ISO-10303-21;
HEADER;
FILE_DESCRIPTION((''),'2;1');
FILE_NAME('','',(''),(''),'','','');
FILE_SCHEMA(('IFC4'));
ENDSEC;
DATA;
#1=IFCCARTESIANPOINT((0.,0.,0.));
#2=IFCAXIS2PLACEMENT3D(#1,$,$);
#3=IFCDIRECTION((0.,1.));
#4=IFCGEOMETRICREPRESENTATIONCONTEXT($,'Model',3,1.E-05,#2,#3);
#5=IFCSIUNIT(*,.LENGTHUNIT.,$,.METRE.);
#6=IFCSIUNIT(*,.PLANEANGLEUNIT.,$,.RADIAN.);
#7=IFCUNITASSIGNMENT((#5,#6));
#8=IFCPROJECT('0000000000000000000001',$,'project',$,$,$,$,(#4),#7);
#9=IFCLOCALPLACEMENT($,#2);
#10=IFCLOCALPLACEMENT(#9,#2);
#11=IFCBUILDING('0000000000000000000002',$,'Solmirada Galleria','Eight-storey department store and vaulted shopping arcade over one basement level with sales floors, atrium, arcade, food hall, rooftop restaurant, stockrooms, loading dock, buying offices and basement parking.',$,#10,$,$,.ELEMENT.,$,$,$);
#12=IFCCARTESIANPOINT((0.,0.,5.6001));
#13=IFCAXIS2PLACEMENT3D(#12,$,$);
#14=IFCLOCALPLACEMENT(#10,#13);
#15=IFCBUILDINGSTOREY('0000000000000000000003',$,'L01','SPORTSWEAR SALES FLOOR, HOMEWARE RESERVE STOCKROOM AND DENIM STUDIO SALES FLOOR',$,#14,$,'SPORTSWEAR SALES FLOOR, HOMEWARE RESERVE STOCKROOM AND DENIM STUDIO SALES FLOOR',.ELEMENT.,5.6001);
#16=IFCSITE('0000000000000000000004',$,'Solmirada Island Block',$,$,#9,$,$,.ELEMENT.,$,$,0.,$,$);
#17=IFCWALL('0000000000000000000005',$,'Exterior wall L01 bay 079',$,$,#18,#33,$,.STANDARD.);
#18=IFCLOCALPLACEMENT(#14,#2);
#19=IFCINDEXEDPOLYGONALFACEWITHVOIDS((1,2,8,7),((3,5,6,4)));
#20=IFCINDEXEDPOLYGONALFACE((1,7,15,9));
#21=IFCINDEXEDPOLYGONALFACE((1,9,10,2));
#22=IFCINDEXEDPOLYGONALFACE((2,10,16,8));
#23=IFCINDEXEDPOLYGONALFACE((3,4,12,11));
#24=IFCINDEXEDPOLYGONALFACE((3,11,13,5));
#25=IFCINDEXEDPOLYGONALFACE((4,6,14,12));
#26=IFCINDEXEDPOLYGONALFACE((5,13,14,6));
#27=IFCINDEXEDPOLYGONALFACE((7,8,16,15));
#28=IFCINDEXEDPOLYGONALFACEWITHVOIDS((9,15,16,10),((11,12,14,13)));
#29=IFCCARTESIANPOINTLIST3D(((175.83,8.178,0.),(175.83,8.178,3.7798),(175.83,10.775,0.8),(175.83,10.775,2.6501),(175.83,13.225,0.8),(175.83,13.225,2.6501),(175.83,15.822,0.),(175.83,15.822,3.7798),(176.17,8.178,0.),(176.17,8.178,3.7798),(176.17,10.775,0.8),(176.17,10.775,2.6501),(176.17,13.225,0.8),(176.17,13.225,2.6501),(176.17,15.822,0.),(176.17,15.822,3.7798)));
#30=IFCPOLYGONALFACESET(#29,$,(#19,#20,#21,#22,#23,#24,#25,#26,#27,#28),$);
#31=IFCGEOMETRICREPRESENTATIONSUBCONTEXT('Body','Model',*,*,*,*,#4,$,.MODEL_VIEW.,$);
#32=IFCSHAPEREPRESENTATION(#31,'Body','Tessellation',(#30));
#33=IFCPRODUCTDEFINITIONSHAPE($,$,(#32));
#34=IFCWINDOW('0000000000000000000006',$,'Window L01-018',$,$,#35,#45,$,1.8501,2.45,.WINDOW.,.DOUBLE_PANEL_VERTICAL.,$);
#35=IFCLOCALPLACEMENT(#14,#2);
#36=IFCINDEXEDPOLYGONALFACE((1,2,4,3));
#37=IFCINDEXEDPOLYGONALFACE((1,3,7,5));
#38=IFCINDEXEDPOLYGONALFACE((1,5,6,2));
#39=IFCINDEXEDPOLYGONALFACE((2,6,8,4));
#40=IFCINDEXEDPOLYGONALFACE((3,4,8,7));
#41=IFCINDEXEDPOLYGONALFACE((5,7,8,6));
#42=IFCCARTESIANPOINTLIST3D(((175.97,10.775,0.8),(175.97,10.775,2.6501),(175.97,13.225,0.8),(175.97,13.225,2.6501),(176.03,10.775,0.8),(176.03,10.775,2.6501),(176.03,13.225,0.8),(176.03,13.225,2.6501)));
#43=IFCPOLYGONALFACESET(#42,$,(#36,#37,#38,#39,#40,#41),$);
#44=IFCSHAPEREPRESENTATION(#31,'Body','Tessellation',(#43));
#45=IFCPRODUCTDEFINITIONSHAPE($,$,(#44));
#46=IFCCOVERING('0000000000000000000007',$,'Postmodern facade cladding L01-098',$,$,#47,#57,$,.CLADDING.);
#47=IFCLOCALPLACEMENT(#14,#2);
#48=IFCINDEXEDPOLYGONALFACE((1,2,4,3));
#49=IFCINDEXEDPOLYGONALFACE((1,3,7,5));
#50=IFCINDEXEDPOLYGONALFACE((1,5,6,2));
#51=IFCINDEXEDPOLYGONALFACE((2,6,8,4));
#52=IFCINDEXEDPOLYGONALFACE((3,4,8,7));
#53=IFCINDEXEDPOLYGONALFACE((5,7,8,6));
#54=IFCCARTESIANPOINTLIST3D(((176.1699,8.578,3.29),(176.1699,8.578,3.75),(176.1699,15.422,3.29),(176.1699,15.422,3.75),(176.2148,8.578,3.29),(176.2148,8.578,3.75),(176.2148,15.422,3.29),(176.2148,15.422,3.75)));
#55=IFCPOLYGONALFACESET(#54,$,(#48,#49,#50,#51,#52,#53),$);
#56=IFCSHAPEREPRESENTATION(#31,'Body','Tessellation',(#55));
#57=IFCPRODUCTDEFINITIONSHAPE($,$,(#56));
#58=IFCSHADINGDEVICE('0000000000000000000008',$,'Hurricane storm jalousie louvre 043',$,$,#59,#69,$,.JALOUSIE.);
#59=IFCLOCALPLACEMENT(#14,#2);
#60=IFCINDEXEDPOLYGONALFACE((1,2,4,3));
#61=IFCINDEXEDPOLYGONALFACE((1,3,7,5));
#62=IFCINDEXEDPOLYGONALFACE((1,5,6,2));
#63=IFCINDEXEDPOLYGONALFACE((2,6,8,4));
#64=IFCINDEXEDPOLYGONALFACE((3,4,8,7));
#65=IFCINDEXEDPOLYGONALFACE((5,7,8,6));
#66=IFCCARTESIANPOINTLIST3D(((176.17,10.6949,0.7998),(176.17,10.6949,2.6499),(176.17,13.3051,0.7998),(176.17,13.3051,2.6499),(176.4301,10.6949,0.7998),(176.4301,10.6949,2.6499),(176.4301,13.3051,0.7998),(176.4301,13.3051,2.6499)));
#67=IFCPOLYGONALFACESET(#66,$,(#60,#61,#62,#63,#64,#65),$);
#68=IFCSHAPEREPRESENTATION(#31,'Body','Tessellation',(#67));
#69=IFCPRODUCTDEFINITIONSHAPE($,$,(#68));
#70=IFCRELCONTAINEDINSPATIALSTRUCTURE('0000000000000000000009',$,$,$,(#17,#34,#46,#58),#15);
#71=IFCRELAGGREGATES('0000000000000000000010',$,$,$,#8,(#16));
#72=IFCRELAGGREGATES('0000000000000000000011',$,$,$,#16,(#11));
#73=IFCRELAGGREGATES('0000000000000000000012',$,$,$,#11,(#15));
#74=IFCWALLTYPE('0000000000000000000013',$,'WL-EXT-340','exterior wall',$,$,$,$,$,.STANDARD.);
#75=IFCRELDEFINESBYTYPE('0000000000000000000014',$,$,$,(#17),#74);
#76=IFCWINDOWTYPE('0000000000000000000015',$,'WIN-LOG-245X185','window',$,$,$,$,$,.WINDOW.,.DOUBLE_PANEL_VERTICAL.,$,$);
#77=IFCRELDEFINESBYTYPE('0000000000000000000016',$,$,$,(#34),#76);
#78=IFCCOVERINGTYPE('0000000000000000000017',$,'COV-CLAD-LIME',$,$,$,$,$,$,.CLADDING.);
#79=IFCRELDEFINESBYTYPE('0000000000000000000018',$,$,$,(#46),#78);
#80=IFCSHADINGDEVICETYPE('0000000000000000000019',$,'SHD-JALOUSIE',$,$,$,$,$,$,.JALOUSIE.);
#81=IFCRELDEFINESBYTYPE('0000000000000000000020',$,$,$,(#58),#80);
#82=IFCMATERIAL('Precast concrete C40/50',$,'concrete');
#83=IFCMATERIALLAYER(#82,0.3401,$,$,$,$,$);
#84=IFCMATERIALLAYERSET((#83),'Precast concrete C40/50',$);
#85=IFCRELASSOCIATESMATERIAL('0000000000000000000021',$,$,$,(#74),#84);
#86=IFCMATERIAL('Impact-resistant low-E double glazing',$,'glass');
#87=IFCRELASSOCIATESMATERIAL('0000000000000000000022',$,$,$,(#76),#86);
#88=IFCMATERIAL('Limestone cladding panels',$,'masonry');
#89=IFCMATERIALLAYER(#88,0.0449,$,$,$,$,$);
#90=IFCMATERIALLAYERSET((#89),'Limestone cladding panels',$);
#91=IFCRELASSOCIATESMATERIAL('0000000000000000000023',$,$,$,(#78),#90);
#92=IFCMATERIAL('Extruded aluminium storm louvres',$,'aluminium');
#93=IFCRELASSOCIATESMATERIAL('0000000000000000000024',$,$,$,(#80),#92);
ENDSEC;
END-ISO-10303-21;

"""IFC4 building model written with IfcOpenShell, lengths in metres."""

from ifc_helpers import new_model, si_unit, direction, frame, frame_2d, origin, origin_2d, place, context, subcontext, project, spatial, rectangle, extrude, material, layer, layer_set, type_object, element, fill, save


model = new_model("IFC4")

# Units and contexts
model_context = context("Model", 3, precision=1e-05, world=origin(), true_north=direction((0.0, 1.0)))
body_context = subcontext(model_context, "Body", "Model", "MODEL_VIEW")
ifc_project = project(units=[si_unit("LENGTHUNIT", "METRE"), si_unit("PLANEANGLEUNIT", "RADIAN")], contexts=[model_context])

# Site, building, storey
site_placement = place(None, origin())
site = spatial("IfcSite", under=ifc_project, at=site_placement, Name="Solmirada Island Block", CompositionType="ELEMENT", RefElevation=0.0)
building_placement = place(site_placement, origin())
building = spatial("IfcBuilding", under=site, at=building_placement, Name="Solmirada Galleria", Description="Eight-storey department store and vaulted shopping arcade over one basement level with sales floors, atrium, arcade, food hall, rooftop restaurant, stockrooms, loading dock, buying offices and basement parking.", CompositionType="ELEMENT")
storey_placement = place(building_placement, frame((0.0, 0.0, 5.6001)))
storey = spatial("IfcBuildingStorey", under=building, at=storey_placement, Name="L01", Description="SPORTSWEAR SALES FLOOR, HOMEWARE RESERVE STOCKROOM AND DENIM STUDIO SALES FLOOR", LongName="SPORTSWEAR SALES FLOOR, HOMEWARE RESERVE STOCKROOM AND DENIM STUDIO SALES FLOOR", CompositionType="ELEMENT", Elevation=5.6001)

# Shared definitions
ifc_material_1 = material(Name="Impact-resistant low-E double glazing", Category="glass")

# Wall, opening, window
ifc_material_2 = material(Name="Precast concrete C40/50", Category="concrete")
ifc_layer_1 = layer(ifc_material_2, 0.3401)
ifc_layer_set_1 = layer_set([ifc_layer_1], Name="Precast concrete C40/50")
wall_type = type_object("IfcWallType", Name="WL-EXT-340", Description="exterior wall", PredefinedType="STANDARD", material=ifc_layer_set_1)
wall_placement = place(storey_placement, frame((176.0, 15.822, 0.0), z_axis=(0.0, 0.0, 1.0), x_axis=(0.0, -1.0, 0.0)))
wall = element("IfcWall", 1, at=wall_placement, inside=storey, type_object=wall_type, Name="Exterior wall L01 bay 079", PredefinedType="STANDARD", context=body_context, shape_type="SweptSolid", body=[
    extrude(rectangle(XDim=7.644, YDim=0.3401, at=frame_2d((3.822, 0.0))), origin(), (0.0, 0.0, 1.0), 3.7798),
])
opening_placement = place(wall_placement, frame((2.5969, 0.0, 0.8)))
opening = element("IfcOpeningElement", 2, at=opening_placement, cuts=wall, PredefinedType="OPENING", context=body_context, shape_type="SweptSolid", body=[
    extrude(rectangle(XDim=2.45, YDim=1.8501, at=frame_2d((1.2251, 0.925))), frame((0.0, 0.1799, 0.0), z_axis=(0.0, -1.0, 0.0), x_axis=(1.0, 0.0, 0.0)), (0.0, 0.0, 1.0), 0.3601),
])
window_type = type_object("IfcWindowType", Name="WIN-LOG-245X185", Description="window", PartitioningType="DOUBLE_PANEL_VERTICAL", PredefinedType="WINDOW", material=ifc_material_1)
window_placement = place(opening_placement, origin())
window = element("IfcWindow", 3, at=window_placement, inside=storey, type_object=window_type, Name="Window L01-018", OverallHeight=1.8501, OverallWidth=2.45, PartitioningType="DOUBLE_PANEL_VERTICAL", PredefinedType="WINDOW", context=body_context, shape_type="SweptSolid", body=[
    extrude(rectangle(XDim=2.45, YDim=1.8501, at=frame_2d((1.2251, 0.925))), frame((0.0, 0.03, 0.0), z_axis=(0.0, -1.0, 0.0), x_axis=(1.0, 0.0, 0.0)), (0.0, 0.0, 1.0), 0.0601),
])
fill(opening, window)

# Covering
ifc_material_3 = material(Name="Limestone cladding panels", Category="masonry")
ifc_layer_2 = layer(ifc_material_3, 0.0449)
ifc_layer_set_2 = layer_set([ifc_layer_2], Name="Limestone cladding panels")
covering_type = type_object("IfcCoveringType", Name="COV-CLAD-LIME", PredefinedType="CLADDING", material=ifc_layer_set_2)
covering_placement = place(storey_placement, frame((176.1924, 12.0, 3.29), z_axis=(0.0, 0.0, 1.0), x_axis=(0.0, -1.0, 0.0)))
element("IfcCovering", 4, at=covering_placement, inside=storey, type_object=covering_type, Name="Postmodern facade cladding L01-098", PredefinedType="CLADDING", context=body_context, shape_type="SweptSolid", body=[
    extrude(rectangle(XDim=6.844, YDim=0.0449, at=origin_2d()), origin(), (0.0, 0.0, 1.0), 0.46),
])

# Shading device
ifc_material_4 = material(Name="Extruded aluminium storm louvres", Category="aluminium")
shading_device_type = type_object("IfcShadingDeviceType", Name="SHD-JALOUSIE", PredefinedType="JALOUSIE", material=ifc_material_4)
shading_device_placement = place(storey_placement, frame((176.3, 12.0, 0.7998), z_axis=(0.0, 0.0, 1.0), x_axis=(0.0, -1.0, 0.0)))
element("IfcShadingDevice", 5, at=shading_device_placement, inside=storey, type_object=shading_device_type, Name="Hurricane storm jalousie louvre 043", PredefinedType="JALOUSIE", context=body_context, shape_type="SweptSolid", body=[
    extrude(rectangle(XDim=2.6101, YDim=0.26, at=origin_2d()), origin(), (0.0, 0.0, 1.0), 1.8501),
])

save(model, "model.ifc")
